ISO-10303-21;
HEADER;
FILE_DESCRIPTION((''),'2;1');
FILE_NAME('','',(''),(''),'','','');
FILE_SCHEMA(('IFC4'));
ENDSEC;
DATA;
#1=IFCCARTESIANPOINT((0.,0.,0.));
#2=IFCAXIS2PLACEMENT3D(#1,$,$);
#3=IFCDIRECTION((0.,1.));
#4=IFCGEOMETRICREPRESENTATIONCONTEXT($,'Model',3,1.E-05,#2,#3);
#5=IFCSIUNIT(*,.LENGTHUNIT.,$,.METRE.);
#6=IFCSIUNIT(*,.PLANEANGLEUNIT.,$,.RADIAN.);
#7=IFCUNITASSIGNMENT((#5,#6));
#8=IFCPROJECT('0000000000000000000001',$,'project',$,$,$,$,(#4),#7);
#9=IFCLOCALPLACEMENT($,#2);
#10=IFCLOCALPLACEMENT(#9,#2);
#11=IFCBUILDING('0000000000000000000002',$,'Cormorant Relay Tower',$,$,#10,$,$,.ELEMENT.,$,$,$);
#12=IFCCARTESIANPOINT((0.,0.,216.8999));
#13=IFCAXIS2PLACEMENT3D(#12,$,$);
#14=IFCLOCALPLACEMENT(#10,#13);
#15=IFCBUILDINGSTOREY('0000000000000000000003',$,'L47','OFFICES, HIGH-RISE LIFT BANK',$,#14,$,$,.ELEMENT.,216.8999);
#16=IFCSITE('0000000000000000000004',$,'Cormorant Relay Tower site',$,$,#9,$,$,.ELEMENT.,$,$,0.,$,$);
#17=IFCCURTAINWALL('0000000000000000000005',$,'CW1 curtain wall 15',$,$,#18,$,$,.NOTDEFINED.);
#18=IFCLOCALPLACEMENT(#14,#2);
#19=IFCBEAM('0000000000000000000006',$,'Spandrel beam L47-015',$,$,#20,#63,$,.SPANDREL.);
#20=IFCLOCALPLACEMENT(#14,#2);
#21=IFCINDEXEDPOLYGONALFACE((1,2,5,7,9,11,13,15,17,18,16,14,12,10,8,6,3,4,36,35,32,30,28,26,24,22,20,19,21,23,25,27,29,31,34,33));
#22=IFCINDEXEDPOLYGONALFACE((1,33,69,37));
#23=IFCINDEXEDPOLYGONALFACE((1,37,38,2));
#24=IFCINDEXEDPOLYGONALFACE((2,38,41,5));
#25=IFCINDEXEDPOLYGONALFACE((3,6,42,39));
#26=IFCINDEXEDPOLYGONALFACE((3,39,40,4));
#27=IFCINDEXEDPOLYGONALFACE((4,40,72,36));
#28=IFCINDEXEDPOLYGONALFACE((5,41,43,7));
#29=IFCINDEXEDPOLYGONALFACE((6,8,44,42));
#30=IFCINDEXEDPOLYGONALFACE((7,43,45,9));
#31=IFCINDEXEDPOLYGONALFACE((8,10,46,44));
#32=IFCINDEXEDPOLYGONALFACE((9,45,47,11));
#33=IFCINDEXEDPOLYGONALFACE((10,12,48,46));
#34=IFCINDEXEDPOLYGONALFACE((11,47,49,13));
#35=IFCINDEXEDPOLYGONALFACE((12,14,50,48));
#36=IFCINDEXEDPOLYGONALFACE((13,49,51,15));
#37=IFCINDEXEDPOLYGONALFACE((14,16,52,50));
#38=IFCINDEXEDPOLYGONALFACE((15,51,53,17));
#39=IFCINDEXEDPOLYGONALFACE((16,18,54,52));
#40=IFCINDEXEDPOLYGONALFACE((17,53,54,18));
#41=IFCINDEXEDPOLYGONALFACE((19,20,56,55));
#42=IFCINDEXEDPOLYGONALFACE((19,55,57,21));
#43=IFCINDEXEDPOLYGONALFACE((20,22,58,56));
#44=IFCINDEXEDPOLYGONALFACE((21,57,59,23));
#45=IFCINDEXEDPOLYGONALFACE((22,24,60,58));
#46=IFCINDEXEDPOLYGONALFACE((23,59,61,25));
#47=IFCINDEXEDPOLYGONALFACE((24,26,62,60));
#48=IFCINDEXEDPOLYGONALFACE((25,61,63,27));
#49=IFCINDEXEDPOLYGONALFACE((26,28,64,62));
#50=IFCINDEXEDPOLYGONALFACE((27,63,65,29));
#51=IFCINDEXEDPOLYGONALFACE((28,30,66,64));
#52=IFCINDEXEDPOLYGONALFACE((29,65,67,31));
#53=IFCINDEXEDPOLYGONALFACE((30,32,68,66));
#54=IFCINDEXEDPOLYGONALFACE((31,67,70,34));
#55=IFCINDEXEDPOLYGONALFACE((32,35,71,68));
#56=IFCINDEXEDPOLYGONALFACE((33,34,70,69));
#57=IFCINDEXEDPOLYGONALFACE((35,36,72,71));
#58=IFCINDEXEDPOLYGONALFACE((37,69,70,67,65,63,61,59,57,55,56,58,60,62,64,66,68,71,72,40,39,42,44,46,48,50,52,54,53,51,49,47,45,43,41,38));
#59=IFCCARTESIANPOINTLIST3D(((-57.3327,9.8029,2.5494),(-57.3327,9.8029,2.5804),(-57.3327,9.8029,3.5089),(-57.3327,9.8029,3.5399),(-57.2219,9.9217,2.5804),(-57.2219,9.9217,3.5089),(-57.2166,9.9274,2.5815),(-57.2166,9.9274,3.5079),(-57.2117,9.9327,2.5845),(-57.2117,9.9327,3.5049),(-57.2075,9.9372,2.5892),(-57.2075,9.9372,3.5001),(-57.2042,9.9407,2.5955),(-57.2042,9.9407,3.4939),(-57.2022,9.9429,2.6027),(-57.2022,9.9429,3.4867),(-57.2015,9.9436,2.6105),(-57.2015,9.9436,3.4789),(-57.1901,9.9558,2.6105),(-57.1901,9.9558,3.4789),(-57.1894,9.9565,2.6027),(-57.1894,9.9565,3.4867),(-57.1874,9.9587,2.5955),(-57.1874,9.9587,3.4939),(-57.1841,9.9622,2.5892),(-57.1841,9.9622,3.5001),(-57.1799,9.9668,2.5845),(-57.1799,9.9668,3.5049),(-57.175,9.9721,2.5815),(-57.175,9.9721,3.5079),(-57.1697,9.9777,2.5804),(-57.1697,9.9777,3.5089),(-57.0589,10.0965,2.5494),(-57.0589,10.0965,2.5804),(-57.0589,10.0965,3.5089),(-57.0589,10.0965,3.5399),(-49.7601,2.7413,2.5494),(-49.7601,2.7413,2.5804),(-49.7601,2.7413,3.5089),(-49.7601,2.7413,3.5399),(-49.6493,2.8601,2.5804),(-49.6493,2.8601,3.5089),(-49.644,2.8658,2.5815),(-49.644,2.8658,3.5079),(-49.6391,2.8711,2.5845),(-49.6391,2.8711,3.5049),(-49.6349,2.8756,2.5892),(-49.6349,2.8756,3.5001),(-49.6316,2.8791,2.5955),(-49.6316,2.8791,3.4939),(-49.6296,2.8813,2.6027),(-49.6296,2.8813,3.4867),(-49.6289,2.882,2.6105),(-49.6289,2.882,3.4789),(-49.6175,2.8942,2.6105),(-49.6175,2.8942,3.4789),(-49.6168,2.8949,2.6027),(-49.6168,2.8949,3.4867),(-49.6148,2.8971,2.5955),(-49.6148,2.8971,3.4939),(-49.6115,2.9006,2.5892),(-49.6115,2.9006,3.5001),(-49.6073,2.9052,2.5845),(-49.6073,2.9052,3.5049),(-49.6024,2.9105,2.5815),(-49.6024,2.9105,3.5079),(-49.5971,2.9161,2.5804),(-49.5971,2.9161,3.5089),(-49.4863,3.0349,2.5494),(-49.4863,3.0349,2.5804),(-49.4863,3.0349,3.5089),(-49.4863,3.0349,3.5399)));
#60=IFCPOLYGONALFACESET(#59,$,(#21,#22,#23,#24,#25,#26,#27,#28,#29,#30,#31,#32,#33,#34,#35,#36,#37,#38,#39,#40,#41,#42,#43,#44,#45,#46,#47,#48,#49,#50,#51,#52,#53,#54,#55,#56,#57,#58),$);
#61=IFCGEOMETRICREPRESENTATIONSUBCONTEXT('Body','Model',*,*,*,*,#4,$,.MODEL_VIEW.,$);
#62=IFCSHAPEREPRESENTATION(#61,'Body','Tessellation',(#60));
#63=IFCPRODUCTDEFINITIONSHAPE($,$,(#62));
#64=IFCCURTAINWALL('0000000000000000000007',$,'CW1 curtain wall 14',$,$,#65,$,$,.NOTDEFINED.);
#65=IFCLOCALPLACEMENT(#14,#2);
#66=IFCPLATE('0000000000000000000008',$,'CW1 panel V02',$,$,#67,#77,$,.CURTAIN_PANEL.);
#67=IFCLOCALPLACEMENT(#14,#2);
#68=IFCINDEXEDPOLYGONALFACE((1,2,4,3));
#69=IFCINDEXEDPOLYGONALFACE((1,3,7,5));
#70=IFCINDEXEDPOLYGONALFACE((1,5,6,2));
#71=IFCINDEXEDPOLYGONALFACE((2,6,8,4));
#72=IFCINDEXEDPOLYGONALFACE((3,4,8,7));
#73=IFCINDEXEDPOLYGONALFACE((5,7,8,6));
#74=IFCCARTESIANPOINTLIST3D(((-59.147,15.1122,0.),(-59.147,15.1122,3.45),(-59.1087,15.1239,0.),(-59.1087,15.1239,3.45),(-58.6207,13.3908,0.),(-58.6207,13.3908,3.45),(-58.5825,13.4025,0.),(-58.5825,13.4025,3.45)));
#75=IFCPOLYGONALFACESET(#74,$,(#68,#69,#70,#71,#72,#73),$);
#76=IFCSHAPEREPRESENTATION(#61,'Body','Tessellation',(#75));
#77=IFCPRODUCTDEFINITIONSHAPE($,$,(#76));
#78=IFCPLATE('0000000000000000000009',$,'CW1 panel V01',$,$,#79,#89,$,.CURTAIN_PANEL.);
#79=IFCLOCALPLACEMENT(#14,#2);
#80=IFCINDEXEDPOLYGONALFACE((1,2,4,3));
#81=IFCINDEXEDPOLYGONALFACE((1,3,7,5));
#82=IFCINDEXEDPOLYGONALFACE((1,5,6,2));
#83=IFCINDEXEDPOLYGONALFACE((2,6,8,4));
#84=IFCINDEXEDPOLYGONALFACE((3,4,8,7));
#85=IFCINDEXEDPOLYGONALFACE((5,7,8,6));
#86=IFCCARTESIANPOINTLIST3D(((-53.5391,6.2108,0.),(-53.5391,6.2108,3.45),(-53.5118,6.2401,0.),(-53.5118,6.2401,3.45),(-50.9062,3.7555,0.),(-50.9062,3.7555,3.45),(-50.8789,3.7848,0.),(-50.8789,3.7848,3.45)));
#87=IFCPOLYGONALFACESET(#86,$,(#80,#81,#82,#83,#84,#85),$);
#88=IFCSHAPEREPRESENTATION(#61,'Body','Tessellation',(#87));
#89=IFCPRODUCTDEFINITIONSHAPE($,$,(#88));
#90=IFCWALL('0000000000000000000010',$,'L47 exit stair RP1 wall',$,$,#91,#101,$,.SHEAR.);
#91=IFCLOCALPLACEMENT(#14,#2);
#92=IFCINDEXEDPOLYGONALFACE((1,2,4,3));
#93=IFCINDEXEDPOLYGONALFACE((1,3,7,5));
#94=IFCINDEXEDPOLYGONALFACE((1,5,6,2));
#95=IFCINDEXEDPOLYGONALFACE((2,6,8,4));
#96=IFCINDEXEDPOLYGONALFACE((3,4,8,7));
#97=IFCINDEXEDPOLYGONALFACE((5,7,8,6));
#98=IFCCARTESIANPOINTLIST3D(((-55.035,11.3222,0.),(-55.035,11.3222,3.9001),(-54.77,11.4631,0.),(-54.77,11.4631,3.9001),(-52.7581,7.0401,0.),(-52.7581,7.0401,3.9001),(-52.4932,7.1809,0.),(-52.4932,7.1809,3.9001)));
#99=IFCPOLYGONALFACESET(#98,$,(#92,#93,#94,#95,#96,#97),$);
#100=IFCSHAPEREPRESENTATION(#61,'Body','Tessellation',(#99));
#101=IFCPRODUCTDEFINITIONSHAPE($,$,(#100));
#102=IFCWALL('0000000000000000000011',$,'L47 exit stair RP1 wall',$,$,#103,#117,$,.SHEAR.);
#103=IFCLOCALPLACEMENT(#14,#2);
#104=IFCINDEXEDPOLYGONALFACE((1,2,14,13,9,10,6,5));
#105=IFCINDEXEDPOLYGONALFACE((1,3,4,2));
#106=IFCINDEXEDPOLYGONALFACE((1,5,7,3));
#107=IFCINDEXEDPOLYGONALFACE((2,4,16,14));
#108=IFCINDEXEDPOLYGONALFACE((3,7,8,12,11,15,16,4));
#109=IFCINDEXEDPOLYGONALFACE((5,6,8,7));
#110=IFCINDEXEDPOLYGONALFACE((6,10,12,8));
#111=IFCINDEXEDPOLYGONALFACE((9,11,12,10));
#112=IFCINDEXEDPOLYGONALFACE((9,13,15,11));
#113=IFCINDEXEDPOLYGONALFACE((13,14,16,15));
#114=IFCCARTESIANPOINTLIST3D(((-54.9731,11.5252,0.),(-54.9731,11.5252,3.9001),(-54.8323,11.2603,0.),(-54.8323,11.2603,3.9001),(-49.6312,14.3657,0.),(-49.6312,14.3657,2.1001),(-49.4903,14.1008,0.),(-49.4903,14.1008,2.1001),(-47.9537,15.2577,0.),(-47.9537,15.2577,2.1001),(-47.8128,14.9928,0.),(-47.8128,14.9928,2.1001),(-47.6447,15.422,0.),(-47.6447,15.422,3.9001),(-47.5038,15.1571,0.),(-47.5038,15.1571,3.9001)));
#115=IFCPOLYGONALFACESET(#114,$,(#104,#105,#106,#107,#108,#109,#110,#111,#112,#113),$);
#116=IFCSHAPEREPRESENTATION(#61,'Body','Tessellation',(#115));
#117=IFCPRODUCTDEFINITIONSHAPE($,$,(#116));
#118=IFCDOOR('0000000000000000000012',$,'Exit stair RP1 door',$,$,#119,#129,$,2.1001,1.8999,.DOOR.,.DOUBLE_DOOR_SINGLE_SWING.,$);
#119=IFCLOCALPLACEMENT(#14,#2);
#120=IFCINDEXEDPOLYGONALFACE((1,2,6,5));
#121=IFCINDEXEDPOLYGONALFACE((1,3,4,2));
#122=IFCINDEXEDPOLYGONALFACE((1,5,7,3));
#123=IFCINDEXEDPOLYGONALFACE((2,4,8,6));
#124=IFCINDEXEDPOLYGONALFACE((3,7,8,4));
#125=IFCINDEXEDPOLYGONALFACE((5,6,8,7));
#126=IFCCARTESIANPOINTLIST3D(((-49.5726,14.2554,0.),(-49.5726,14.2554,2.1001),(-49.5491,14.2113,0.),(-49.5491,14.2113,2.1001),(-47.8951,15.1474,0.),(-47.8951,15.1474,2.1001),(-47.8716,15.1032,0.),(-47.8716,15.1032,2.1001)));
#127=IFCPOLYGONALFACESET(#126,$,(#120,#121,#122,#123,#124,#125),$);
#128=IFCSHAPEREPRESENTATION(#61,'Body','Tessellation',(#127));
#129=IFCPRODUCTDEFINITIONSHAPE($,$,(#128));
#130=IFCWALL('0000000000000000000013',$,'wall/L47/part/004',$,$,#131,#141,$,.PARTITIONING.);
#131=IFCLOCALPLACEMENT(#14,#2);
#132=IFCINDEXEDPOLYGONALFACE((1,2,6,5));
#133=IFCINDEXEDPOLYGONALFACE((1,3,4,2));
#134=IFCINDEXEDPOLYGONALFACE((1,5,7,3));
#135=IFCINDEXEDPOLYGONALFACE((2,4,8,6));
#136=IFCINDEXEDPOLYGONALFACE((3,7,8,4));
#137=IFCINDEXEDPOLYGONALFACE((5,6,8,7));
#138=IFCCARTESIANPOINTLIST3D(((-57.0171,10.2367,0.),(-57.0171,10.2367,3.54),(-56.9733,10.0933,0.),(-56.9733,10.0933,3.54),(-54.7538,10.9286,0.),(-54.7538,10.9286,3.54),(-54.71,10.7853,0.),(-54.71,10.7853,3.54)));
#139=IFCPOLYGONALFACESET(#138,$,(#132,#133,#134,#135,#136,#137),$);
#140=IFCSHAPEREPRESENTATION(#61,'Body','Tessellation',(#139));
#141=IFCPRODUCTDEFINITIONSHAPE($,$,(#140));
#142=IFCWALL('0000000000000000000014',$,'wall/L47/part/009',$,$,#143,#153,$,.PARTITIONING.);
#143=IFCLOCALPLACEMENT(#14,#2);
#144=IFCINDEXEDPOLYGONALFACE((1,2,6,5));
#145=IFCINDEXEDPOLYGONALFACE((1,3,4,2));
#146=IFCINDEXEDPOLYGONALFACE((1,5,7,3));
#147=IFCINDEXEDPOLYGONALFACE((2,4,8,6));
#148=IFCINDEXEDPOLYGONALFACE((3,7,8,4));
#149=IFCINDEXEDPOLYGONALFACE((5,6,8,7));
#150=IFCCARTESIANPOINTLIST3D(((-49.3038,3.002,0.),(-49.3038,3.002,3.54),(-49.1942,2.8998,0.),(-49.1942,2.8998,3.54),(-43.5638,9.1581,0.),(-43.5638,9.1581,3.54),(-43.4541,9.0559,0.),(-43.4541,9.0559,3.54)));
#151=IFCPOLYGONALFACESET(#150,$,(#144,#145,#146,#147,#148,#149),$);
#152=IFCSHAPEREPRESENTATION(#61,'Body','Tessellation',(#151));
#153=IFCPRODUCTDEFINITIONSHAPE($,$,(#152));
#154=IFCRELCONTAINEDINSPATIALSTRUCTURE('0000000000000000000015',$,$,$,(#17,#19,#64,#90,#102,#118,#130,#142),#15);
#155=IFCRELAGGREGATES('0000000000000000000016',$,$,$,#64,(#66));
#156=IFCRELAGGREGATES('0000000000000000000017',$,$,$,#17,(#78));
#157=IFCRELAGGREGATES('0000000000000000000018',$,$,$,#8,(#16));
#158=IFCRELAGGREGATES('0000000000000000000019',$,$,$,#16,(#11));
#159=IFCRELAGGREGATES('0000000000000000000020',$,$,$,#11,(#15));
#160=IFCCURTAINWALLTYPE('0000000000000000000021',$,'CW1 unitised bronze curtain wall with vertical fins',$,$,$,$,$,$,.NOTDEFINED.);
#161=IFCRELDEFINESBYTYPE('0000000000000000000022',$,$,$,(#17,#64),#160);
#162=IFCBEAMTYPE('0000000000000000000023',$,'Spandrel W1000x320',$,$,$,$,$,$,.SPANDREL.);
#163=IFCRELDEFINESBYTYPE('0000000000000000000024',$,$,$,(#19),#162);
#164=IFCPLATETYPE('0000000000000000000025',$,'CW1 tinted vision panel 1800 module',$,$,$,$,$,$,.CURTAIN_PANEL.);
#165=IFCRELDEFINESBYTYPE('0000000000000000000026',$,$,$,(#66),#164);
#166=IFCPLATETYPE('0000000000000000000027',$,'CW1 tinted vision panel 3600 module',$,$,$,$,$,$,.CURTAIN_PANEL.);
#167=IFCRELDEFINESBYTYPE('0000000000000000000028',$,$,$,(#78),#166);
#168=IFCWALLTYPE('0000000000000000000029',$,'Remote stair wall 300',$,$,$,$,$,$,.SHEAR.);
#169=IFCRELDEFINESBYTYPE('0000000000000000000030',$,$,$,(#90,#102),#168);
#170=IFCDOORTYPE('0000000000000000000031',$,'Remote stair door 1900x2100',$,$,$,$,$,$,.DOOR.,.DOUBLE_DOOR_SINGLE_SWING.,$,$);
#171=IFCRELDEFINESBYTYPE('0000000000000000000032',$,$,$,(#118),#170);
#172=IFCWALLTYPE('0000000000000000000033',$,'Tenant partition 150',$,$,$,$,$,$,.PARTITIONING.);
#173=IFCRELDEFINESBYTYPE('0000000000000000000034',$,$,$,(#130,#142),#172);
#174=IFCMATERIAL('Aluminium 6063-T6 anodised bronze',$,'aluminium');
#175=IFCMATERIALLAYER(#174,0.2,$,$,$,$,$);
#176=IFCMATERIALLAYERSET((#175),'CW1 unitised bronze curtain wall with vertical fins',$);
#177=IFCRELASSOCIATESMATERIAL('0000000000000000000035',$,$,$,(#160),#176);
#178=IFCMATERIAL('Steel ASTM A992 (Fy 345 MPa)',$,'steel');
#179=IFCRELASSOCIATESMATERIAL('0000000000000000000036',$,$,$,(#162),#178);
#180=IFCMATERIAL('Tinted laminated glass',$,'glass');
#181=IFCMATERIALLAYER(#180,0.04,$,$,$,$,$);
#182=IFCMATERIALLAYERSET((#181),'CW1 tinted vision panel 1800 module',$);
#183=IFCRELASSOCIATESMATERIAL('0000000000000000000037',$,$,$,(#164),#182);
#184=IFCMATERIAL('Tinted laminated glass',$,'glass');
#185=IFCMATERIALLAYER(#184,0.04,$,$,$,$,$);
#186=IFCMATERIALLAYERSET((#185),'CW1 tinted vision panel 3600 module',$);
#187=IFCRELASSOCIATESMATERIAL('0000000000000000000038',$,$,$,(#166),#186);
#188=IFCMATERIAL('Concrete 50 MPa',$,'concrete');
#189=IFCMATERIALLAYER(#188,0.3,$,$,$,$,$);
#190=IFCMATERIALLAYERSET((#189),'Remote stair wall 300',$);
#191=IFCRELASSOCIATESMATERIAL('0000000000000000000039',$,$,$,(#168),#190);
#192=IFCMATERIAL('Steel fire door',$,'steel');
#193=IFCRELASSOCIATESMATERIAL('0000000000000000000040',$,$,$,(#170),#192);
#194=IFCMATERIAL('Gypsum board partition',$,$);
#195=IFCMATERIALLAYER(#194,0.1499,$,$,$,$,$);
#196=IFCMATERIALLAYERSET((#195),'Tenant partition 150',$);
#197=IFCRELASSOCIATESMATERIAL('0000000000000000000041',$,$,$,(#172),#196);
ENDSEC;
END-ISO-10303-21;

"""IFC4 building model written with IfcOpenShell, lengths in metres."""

from ifc_helpers import new_model, si_unit, direction, frame, frame_2d, origin, origin_2d, place, context, subcontext, project, spatial, rectangle, i_section, extrude, material, layer, layer_set, material_profile, profile_set, type_object, element, fill, aggregate, save


model = new_model("IFC4")

# Units and contexts
model_context = context("Model", 3, precision=1e-05, world=origin(), true_north=direction((0.0, 1.0)))
body_context = subcontext(model_context, "Body", "Model", "MODEL_VIEW")
ifc_project = project(units=[si_unit("LENGTHUNIT", "METRE"), si_unit("PLANEANGLEUNIT", "RADIAN")], contexts=[model_context])

# Site, building, storey
site_placement = place(None, origin())
site = spatial("IfcSite", under=ifc_project, at=site_placement, Name="Cormorant Relay Tower site", CompositionType="ELEMENT", RefElevation=0.0)
building_placement = place(site_placement, origin())
building = spatial("IfcBuilding", under=site, at=building_placement, Name="Cormorant Relay Tower", CompositionType="ELEMENT")
storey_placement = place(building_placement, frame((0.0, 0.0, 216.8999)))
storey = spatial("IfcBuildingStorey", under=building, at=storey_placement, Name="L47", Description="OFFICES, HIGH-RISE LIFT BANK", CompositionType="ELEMENT", Elevation=216.8999)

# Curtain wall
ifc_material_1 = material(Name="Aluminium 6063-T6 anodised bronze", Category="aluminium")
ifc_layer_1 = layer(ifc_material_1, 0.2)
ifc_layer_set_1 = layer_set([ifc_layer_1], Name="CW1 unitised bronze curtain wall with vertical fins")
curtain_wall_type = type_object("IfcCurtainWallType", Name="CW1 unitised bronze curtain wall with vertical fins", PredefinedType="NOTDEFINED", material=ifc_layer_set_1)
curtain_wall_1_placement = place(storey_placement, origin())
curtain_wall_1 = element("IfcCurtainWall", 1, at=curtain_wall_1_placement, inside=storey, type_object=curtain_wall_type, Name="CW1 curtain wall 15", PredefinedType="NOTDEFINED")

# Beam
ifc_material_2 = material(Name="Steel ASTM A992 (Fy 345 MPa)", Category="steel")
ifc_material_profile_1 = material_profile(ifc_material_2, i_section(OverallWidth=0.4014, OverallDepth=0.9905, WebThickness=0.0166, FlangeThickness=0.031, FilletRadius=0.03, at=origin_2d()), Name="W1000x320")
ifc_profile_set_1 = profile_set([ifc_material_profile_1], Name="Steel ASTM A992 (Fy 345 MPa)")
beam_type = type_object("IfcBeamType", Name="Spandrel W1000x320", PredefinedType="SPANDREL", material=ifc_profile_set_1)
beam_placement = place(storey_placement, frame((-57.1958, 9.9497, 3.0447), z_axis=(0.731352, -0.682001, 0.0), x_axis=(0.682001, 0.731352, 0.0)))
element("IfcBeam", 2, at=beam_placement, inside=storey, type_object=beam_type, Name="Spandrel beam L47-015", PredefinedType="SPANDREL", context=body_context, shape_type="SweptSolid", body=[
    extrude(i_section(OverallWidth=0.4014, OverallDepth=0.9905, WebThickness=0.0166, FlangeThickness=0.031, FilletRadius=0.03, at=origin_2d()), origin(), (0.0, 0.0, 1.0), 10.3542),
])

# Curtain wall, plate
curtain_wall_2_placement = place(storey_placement, origin())
curtain_wall_2 = element("IfcCurtainWall", 3, at=curtain_wall_2_placement, inside=storey, type_object=curtain_wall_type, Name="CW1 curtain wall 14", PredefinedType="NOTDEFINED")
ifc_material_3 = material(Name="Tinted laminated glass", Category="glass")
ifc_layer_2 = layer(ifc_material_3, 0.04)
ifc_layer_set_2 = layer_set([ifc_layer_2], Name="CW1 tinted vision panel 1800 module")
plate_type_1 = type_object("IfcPlateType", Name="CW1 tinted vision panel 1800 module", PredefinedType="CURTAIN_PANEL", material=ifc_layer_set_2)
plate_1_placement = place(storey_placement, frame((-58.8647, 14.2573, 0.0), z_axis=(0.0, 0.0, 1.0), x_axis=(0.292372, -0.956305, 0.0)))
plate_1 = element("IfcPlate", 4, at=plate_1_placement, type_object=plate_type_1, Name="CW1 panel V02", PredefinedType="CURTAIN_PANEL", context=body_context, shape_type="SweptSolid", body=[
    extrude(rectangle(XDim=1.8, YDim=0.04, at=origin_2d()), origin(), (0.0, 0.0, 1.0), 3.45),
])

# Plate
ifc_material_4 = material(Name="Tinted laminated glass", Category="glass")
ifc_layer_3 = layer(ifc_material_4, 0.04)
ifc_layer_set_3 = layer_set([ifc_layer_3], Name="CW1 tinted vision panel 3600 module")
plate_type_2 = type_object("IfcPlateType", Name="CW1 tinted vision panel 3600 module", PredefinedType="CURTAIN_PANEL", material=ifc_layer_set_3)
plate_2_placement = place(storey_placement, frame((-52.209, 4.9978, 0.0), z_axis=(0.0, 0.0, 1.0), x_axis=(0.731354, -0.681998, 0.0)))
plate_2 = element("IfcPlate", 5, at=plate_2_placement, type_object=plate_type_2, Name="CW1 panel V01", PredefinedType="CURTAIN_PANEL", context=body_context, shape_type="SweptSolid", body=[
    extrude(rectangle(XDim=3.6001, YDim=0.04, at=origin_2d()), origin(), (0.0, 0.0, 1.0), 3.45),
])

# Wall
ifc_material_5 = material(Name="Concrete 50 MPa", Category="concrete")
ifc_layer_4 = layer(ifc_material_5, 0.3)
ifc_layer_set_4 = layer_set([ifc_layer_4], Name="Remote stair wall 300")
wall_type_1 = type_object("IfcWallType", Name="Remote stair wall 300", PredefinedType="SHEAR", material=ifc_layer_set_4)
wall_1_placement = place(storey_placement, frame((-52.6257, 7.1106, 0.0), z_axis=(0.0, 0.0, 1.0), x_axis=(-0.469464, 0.882951, 0.0)))
element("IfcWall", 6, at=wall_1_placement, inside=storey, type_object=wall_type_1, Name="L47 exit stair RP1 wall", PredefinedType="SHEAR", context=body_context, shape_type="SweptSolid", body=[
    extrude(rectangle(XDim=4.8499, YDim=0.3, at=frame_2d((2.4248, 0.0))), origin(), (0.0, 0.0, 1.0), 3.9001),
])

# Wall, opening, door
wall_2_placement = place(storey_placement, frame((-54.9026, 11.3928, 0.0), z_axis=(0.0, 0.0, 1.0), x_axis=(0.882939, 0.469487, 0.0)))
wall_2 = element("IfcWall", 7, at=wall_2_placement, inside=storey, type_object=wall_type_1, Name="L47 exit stair RP1 wall", PredefinedType="SHEAR", context=body_context, shape_type="SweptSolid", body=[
    extrude(rectangle(XDim=8.3, YDim=0.3, at=frame_2d((4.1499, 0.0))), origin(), (0.0, 0.0, 1.0), 3.9001),
])
opening_placement = place(wall_2_placement, frame((6.05, 0.0, 0.0)))
opening = element("IfcOpeningElement", 8, at=opening_placement, cuts=wall_2, PredefinedType="OPENING", context=body_context, shape_type="SweptSolid", body=[
    extrude(rectangle(XDim=1.8999, YDim=2.1001, at=frame_2d((0.95, 1.05))), frame((0.0, 0.1599, 0.0), z_axis=(0.0, -1.0, 0.0), x_axis=(1.0, 0.0, 0.0)), (0.0, 0.0, 1.0), 0.3201),
])
ifc_material_6 = material(Name="Steel fire door", Category="steel")
door_type = type_object("IfcDoorType", Name="Remote stair door 1900x2100", OperationType="DOUBLE_DOOR_SINGLE_SWING", PredefinedType="DOOR", material=ifc_material_6)
door_placement = place(opening_placement, frame((1.8999, 0.0, 0.0), z_axis=(0.0, 0.0, 1.0), x_axis=(-1.0, 0.0, 0.0)))
door = element("IfcDoor", 9, at=door_placement, inside=storey, type_object=door_type, Name="Exit stair RP1 door", OperationType="DOUBLE_DOOR_SINGLE_SWING", OverallHeight=2.1001, OverallWidth=1.8999, PredefinedType="DOOR", context=body_context, shape_type="SweptSolid", body=[
    extrude(rectangle(XDim=1.8999, YDim=2.1001, at=frame_2d((0.95, 1.05))), frame((0.0, 0.0249, 0.0), z_axis=(0.0, -1.0, 0.0), x_axis=(1.0, 0.0, 0.0)), (0.0, 0.0, 1.0), 0.05),
])
fill(opening, door)

# Walls
ifc_material_7 = material(Name="Gypsum board partition")
ifc_layer_5 = layer(ifc_material_7, 0.1499)
ifc_layer_set_5 = layer_set([ifc_layer_5], Name="Tenant partition 150")
wall_type_2 = type_object("IfcWallType", Name="Tenant partition 150", PredefinedType="PARTITIONING", material=ifc_layer_set_5)
wall_3_placement = place(storey_placement, frame((-54.7319, 10.8569, 0.0), z_axis=(0.0, 0.0, 1.0), x_axis=(-0.956308, -0.29236, 0.0)))
element("IfcWall", 10, at=wall_3_placement, inside=storey, type_object=wall_type_2, Name="wall/L47/part/004", PredefinedType="PARTITIONING", context=body_context, shape_type="SweptSolid", body=[
    extrude(rectangle(XDim=2.3667, YDim=0.1499, at=frame_2d((1.1833, 0.0))), origin(), (0.0, 0.0, 1.0), 3.54),
])
wall_4_placement = place(storey_placement, frame((-49.249, 2.9509, 0.0), z_axis=(0.0, 0.0, 1.0), x_axis=(0.681962, 0.731388, 0.0)))
element("IfcWall", 11, at=wall_4_placement, inside=storey, type_object=wall_type_2, Name="wall/L47/part/009", PredefinedType="PARTITIONING", context=body_context, shape_type="SweptSolid", body=[
    extrude(rectangle(XDim=8.417, YDim=0.1499, at=frame_2d((4.2085, 0.0))), origin(), (0.0, 0.0, 1.0), 3.54),
])

aggregate(curtain_wall_2, [plate_1])
aggregate(curtain_wall_1, [plate_2])

save(model, "model.ifc")
